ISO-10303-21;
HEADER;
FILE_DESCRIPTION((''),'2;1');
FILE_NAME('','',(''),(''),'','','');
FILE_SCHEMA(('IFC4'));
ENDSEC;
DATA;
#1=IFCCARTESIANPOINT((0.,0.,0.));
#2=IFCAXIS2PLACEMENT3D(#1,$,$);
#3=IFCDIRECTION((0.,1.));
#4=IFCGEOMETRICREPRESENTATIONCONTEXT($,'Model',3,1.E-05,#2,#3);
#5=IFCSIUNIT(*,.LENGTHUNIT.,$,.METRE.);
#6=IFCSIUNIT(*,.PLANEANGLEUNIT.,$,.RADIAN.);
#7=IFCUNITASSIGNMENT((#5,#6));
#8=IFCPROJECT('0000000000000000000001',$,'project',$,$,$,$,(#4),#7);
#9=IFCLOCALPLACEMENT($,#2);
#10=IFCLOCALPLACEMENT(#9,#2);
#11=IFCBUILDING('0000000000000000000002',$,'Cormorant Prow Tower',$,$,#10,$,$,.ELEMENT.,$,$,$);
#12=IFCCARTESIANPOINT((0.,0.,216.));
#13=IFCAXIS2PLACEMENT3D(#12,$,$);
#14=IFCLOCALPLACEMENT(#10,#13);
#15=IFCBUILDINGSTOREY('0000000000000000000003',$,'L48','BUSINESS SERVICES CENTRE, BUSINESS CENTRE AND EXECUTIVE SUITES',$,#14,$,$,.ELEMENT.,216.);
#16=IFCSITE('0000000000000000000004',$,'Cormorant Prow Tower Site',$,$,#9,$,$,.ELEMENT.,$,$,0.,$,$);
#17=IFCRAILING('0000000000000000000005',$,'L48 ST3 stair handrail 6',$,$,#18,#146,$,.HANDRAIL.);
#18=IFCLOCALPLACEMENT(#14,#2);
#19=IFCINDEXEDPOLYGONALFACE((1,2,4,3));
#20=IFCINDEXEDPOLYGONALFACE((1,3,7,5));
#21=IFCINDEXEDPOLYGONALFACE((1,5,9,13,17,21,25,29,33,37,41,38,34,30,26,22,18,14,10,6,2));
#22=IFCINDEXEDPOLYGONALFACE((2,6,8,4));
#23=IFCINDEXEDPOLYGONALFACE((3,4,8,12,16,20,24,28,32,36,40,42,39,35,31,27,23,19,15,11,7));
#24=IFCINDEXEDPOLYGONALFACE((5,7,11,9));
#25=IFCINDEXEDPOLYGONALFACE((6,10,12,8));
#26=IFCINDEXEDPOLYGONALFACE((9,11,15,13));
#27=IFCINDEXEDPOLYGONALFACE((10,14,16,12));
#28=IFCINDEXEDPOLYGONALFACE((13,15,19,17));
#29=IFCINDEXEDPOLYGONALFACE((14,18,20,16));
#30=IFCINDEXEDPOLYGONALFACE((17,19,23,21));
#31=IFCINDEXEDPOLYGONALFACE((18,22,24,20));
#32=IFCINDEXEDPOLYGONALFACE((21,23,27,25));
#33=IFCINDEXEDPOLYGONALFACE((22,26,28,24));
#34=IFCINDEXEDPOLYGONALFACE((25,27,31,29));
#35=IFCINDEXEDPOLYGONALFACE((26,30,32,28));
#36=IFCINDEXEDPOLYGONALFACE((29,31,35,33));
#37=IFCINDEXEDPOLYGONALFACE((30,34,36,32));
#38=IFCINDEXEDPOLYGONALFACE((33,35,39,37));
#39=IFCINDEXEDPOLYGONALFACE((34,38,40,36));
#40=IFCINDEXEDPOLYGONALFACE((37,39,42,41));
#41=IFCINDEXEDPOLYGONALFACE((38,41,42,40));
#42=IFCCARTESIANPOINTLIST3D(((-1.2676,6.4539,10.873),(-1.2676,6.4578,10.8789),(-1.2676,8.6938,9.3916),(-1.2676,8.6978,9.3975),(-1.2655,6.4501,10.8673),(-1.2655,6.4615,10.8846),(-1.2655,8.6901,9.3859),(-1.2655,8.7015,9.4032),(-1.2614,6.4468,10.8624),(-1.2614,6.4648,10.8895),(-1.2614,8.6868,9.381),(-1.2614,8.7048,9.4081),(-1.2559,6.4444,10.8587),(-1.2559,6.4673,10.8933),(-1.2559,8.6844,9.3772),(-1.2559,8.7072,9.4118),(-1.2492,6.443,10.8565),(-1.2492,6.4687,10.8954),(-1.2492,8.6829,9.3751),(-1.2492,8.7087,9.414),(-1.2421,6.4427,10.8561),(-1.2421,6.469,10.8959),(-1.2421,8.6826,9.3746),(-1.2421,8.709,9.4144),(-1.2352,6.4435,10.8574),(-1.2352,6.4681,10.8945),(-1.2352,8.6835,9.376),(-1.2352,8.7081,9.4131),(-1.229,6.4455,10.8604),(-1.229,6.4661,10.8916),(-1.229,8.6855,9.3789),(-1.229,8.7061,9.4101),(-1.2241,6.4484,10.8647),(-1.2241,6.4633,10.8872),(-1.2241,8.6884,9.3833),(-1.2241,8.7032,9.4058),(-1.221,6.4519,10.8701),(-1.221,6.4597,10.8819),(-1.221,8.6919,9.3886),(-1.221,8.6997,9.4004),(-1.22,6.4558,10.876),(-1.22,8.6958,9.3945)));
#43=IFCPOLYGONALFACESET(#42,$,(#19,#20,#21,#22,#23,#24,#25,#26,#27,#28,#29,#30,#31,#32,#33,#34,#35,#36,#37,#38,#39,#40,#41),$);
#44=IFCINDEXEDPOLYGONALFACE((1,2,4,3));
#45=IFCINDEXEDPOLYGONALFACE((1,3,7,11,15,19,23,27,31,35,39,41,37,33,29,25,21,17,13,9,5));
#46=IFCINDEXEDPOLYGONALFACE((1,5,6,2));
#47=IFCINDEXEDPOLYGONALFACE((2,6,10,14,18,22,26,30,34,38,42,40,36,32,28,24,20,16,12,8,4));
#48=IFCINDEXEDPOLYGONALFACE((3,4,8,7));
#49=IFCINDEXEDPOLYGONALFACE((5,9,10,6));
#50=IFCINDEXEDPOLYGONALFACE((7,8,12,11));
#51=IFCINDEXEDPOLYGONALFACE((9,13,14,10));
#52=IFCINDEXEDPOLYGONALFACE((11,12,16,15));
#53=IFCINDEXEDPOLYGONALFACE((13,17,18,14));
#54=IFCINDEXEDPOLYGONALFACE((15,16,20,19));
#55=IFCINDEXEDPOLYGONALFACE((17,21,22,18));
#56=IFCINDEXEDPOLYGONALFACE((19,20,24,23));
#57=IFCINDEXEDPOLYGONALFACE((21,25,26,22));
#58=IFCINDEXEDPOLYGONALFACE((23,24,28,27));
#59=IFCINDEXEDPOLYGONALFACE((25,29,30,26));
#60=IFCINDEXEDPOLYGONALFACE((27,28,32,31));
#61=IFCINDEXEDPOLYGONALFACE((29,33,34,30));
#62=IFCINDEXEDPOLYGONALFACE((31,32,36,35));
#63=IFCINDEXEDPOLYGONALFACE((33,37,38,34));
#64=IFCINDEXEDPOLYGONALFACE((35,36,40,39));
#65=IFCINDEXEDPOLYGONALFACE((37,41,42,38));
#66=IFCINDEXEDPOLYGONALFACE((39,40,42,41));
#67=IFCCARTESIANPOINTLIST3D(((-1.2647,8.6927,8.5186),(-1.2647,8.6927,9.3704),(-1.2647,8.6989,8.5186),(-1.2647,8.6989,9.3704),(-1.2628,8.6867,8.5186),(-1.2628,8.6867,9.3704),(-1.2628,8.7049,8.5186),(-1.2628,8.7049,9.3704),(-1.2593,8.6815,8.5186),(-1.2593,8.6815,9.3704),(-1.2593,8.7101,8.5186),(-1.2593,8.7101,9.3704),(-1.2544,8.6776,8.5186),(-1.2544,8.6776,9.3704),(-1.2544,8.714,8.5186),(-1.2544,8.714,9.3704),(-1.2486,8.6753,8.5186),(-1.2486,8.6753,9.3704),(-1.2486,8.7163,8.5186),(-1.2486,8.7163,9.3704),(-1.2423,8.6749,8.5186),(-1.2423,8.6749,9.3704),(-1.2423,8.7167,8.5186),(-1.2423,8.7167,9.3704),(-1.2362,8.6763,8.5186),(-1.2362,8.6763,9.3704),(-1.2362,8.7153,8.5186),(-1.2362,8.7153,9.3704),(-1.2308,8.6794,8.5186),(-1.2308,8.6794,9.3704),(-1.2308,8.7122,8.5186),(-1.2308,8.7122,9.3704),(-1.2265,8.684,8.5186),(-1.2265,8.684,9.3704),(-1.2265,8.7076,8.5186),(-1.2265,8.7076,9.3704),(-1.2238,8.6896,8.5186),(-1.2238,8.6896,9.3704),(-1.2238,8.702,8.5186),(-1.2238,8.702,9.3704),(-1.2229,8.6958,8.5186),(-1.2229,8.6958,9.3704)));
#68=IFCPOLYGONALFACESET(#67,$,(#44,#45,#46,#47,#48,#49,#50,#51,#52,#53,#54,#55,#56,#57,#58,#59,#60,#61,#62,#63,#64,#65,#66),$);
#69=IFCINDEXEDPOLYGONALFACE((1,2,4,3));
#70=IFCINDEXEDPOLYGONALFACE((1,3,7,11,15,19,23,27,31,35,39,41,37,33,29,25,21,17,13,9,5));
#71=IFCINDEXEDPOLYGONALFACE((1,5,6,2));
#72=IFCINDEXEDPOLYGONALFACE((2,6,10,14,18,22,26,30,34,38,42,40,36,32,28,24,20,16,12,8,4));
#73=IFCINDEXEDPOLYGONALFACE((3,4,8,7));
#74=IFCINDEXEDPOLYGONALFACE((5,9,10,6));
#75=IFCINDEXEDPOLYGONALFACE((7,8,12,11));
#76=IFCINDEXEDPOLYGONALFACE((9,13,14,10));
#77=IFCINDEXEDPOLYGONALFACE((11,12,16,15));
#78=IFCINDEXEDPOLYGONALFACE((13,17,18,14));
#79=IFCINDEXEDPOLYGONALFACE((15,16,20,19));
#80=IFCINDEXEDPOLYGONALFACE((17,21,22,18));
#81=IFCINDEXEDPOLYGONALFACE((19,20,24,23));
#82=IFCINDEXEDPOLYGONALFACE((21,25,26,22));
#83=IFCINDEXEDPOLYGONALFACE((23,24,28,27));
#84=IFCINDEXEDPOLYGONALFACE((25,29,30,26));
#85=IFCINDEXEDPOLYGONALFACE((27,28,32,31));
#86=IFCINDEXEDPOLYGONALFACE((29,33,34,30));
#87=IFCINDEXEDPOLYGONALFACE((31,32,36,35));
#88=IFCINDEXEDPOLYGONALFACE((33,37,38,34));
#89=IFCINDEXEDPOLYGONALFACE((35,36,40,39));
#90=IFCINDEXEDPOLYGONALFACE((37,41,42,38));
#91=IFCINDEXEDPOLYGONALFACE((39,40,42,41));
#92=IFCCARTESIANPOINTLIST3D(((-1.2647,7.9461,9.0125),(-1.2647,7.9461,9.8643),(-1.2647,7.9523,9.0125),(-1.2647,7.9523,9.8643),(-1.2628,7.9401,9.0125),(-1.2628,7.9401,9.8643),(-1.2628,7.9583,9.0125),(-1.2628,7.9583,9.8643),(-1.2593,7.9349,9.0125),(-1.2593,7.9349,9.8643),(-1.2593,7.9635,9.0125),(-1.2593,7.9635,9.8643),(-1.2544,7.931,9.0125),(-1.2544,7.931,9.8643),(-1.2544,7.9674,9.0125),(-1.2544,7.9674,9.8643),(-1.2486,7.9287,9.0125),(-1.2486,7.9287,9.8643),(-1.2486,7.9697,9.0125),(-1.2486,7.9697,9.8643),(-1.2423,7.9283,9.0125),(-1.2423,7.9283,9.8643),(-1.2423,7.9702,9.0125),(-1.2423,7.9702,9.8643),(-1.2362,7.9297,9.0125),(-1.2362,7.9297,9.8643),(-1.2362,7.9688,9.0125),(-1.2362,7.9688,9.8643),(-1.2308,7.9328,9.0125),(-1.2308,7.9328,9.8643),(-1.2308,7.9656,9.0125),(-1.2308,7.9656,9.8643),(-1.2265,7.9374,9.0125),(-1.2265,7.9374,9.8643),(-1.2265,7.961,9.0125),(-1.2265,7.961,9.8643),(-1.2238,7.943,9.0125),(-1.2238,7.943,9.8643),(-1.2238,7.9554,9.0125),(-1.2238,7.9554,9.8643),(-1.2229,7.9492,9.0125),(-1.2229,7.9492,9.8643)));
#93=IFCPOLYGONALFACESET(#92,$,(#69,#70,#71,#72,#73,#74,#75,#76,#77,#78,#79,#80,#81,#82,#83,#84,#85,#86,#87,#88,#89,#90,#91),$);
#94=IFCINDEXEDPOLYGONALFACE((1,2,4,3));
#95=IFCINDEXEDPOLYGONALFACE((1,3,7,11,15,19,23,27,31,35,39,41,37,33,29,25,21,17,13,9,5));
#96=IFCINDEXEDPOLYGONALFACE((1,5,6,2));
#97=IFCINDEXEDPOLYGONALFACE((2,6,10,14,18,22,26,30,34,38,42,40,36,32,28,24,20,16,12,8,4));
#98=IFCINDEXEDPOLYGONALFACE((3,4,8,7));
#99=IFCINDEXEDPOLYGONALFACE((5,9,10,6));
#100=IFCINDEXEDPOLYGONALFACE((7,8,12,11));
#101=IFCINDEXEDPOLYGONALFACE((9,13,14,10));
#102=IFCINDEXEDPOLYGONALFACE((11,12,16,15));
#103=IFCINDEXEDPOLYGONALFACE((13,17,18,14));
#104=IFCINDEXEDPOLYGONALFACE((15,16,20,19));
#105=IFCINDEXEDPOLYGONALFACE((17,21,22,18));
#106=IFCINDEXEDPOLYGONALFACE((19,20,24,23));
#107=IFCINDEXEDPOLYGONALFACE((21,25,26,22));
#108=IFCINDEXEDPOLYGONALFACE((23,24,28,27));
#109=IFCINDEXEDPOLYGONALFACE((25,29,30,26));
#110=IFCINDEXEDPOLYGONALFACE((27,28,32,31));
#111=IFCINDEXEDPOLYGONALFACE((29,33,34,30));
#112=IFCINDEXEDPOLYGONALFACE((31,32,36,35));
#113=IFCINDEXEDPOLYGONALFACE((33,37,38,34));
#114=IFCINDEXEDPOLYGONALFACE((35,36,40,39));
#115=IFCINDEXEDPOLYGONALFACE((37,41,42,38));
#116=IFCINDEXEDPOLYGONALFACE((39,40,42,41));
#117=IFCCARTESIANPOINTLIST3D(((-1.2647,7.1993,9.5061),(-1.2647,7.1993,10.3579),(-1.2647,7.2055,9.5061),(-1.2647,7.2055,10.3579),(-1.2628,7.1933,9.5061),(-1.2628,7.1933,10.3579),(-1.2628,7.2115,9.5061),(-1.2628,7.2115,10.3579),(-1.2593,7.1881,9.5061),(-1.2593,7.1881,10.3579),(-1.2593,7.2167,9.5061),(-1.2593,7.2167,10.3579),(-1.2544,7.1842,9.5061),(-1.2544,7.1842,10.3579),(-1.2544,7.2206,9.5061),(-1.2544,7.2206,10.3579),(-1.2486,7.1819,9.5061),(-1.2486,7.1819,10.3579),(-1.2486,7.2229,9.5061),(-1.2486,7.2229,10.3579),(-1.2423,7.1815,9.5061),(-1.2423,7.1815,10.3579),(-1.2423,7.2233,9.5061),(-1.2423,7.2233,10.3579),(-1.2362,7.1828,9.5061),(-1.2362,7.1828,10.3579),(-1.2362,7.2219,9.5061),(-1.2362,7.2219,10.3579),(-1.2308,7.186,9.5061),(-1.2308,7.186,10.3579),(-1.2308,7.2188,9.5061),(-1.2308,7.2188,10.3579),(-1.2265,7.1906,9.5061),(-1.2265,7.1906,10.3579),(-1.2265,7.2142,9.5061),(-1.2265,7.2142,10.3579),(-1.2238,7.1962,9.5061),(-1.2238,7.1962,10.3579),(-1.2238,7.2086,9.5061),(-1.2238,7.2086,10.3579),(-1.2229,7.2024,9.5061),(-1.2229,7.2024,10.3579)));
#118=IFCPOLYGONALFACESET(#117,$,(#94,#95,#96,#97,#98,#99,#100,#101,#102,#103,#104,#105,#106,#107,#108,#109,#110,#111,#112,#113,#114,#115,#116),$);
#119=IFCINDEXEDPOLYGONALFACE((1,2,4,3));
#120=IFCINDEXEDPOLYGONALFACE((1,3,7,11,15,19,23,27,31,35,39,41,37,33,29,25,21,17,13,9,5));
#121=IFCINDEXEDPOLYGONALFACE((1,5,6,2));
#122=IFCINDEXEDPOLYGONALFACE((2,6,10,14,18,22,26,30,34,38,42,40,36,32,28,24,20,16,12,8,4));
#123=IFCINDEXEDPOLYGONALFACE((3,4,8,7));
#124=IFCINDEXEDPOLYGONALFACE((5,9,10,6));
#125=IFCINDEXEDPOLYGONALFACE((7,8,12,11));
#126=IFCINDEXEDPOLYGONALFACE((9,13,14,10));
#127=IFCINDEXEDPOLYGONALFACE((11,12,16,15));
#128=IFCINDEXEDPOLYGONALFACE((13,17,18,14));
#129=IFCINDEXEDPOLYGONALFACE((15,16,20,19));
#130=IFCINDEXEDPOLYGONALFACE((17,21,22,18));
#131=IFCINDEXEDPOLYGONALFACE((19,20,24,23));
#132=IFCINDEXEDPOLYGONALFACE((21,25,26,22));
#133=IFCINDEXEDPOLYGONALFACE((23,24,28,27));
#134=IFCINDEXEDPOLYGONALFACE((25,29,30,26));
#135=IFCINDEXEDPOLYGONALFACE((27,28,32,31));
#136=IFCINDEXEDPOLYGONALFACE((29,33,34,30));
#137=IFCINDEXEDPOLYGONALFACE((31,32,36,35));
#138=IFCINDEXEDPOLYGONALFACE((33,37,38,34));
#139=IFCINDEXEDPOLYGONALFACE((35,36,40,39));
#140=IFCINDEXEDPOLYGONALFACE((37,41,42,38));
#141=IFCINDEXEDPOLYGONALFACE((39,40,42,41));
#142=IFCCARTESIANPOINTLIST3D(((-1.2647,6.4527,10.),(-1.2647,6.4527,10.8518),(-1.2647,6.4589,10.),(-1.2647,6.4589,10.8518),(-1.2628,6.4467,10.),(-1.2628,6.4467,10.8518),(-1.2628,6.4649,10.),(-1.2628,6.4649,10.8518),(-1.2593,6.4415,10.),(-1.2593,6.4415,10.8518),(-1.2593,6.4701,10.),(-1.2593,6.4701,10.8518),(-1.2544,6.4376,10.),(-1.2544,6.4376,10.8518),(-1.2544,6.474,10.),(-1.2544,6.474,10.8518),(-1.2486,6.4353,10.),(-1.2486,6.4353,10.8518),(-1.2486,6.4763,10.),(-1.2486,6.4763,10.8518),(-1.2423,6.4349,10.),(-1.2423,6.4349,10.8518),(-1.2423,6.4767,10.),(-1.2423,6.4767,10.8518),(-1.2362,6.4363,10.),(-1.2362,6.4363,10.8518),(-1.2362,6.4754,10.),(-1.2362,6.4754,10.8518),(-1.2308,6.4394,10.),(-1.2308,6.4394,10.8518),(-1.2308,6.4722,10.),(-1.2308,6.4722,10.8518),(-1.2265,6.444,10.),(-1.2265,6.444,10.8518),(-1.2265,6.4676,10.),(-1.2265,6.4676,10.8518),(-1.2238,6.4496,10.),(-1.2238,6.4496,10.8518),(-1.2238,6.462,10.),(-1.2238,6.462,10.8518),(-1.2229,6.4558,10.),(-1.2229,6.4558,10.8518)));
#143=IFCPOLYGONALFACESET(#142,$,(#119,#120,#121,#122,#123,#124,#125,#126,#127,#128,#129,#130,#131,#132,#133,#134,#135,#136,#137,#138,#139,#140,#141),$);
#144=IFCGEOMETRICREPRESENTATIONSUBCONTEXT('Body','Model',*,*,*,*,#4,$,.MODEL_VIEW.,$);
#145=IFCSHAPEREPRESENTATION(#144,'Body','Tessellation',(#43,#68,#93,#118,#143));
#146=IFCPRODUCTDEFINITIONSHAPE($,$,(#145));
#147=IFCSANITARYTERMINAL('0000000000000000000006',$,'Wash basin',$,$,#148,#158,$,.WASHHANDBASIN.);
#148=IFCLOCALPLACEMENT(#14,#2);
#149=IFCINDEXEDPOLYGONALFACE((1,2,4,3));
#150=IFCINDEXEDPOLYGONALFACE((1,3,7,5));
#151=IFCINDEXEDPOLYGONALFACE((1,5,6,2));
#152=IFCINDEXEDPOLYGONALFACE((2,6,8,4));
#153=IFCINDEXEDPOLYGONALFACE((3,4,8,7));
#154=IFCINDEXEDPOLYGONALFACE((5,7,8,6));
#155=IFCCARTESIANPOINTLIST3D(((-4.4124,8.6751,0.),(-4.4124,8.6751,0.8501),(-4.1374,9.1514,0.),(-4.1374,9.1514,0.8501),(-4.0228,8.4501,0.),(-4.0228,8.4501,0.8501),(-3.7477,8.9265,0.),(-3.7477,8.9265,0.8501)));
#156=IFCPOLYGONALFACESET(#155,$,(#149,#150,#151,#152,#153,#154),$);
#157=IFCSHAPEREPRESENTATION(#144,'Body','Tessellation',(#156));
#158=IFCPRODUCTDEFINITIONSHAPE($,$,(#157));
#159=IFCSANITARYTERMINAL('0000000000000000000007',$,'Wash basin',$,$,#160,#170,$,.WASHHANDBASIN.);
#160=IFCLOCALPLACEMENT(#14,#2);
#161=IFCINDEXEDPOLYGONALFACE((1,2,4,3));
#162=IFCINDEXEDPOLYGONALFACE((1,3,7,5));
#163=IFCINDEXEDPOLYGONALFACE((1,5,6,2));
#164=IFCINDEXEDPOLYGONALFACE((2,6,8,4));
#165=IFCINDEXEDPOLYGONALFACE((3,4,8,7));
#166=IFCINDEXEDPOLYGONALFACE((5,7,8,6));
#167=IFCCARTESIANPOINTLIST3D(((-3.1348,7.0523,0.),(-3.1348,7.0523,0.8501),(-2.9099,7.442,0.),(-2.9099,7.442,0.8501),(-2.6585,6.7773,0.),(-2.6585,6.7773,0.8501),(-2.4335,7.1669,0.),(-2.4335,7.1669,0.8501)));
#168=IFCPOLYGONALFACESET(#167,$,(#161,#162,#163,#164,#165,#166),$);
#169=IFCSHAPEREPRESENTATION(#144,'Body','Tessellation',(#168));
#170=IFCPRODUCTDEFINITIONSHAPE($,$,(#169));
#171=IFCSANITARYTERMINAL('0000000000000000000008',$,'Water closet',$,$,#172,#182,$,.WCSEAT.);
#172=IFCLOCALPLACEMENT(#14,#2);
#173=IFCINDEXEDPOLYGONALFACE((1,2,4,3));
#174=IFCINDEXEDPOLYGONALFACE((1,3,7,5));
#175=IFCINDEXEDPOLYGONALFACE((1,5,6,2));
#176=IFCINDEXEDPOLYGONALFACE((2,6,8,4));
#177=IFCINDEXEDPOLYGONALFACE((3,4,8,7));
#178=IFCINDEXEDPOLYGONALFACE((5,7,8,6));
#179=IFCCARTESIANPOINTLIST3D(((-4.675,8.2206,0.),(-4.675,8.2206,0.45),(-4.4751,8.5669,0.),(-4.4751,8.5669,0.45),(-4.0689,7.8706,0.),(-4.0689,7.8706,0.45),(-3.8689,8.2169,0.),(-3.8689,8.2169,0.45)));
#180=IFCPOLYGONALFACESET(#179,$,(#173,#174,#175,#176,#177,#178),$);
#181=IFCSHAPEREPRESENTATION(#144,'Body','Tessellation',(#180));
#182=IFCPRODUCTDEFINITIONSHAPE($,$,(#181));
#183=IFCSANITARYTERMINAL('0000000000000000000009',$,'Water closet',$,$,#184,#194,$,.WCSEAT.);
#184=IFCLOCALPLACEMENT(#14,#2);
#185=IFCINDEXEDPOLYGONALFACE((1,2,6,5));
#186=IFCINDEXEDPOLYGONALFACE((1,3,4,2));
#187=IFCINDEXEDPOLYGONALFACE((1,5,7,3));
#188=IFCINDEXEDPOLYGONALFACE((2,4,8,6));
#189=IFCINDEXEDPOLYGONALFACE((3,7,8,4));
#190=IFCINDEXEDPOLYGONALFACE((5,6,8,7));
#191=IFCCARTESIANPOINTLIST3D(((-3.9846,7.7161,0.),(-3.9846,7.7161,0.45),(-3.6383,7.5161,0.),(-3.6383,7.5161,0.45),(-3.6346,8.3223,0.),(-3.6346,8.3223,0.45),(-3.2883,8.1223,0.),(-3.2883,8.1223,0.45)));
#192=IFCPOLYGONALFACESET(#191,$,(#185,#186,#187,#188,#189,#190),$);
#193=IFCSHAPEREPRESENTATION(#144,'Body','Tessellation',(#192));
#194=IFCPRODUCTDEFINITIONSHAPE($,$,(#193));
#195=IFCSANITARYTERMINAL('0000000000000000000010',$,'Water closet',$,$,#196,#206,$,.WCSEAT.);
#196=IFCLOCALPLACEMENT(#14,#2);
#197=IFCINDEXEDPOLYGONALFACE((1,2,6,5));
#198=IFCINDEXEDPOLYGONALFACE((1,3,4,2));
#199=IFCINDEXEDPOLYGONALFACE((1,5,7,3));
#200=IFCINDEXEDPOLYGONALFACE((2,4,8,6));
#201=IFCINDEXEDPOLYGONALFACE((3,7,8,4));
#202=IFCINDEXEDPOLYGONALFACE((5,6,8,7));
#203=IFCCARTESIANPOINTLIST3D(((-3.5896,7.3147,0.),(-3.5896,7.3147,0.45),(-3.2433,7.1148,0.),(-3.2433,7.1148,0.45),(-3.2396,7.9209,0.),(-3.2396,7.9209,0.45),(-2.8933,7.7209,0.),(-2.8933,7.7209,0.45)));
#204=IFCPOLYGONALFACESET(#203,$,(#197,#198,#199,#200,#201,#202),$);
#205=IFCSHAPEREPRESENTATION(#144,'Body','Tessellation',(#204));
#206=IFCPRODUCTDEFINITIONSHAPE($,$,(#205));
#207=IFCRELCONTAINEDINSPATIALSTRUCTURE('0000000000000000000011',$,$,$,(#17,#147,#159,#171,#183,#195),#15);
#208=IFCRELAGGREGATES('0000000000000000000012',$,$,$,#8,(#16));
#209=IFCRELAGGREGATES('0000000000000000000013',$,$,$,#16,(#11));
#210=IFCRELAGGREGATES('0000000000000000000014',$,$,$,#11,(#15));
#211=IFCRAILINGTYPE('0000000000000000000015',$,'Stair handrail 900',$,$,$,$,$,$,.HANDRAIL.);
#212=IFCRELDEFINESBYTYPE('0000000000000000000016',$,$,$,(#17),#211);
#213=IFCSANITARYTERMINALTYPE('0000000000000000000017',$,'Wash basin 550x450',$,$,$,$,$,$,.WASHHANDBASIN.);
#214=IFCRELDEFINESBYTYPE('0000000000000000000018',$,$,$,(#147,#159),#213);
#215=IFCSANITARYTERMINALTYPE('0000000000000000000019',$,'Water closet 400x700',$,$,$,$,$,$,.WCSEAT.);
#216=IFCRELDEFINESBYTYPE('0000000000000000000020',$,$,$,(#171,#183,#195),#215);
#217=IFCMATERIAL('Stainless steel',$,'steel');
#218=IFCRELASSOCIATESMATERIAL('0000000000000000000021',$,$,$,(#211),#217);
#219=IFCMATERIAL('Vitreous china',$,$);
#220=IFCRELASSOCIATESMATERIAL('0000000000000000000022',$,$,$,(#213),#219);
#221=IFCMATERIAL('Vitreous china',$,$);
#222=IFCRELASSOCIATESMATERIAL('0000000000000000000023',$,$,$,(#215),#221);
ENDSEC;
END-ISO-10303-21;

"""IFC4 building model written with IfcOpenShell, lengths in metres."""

from ifc_helpers import new_model, si_unit, direction, frame, origin, origin_2d, place, context, subcontext, project, spatial, rectangle, circle, extrude, material, type_object, element, save


model = new_model("IFC4")

# Units and contexts
model_context = context("Model", 3, precision=1e-05, world=origin(), true_north=direction((0.0, 1.0)))
body_context = subcontext(model_context, "Body", "Model", "MODEL_VIEW")
ifc_project = project(units=[si_unit("LENGTHUNIT", "METRE"), si_unit("PLANEANGLEUNIT", "RADIAN")], contexts=[model_context])

# Site, building, storey
site_placement = place(None, origin())
site = spatial("IfcSite", under=ifc_project, at=site_placement, Name="Cormorant Prow Tower Site", CompositionType="ELEMENT", RefElevation=0.0)
building_placement = place(site_placement, origin())
building = spatial("IfcBuilding", under=site, at=building_placement, Name="Cormorant Prow Tower", CompositionType="ELEMENT")
storey_placement = place(building_placement, frame((0.0, 0.0, 216.0)))
storey = spatial("IfcBuildingStorey", under=building, at=storey_placement, Name="L48", Description="BUSINESS SERVICES CENTRE, BUSINESS CENTRE AND EXECUTIVE SUITES", CompositionType="ELEMENT", Elevation=216.0)

# Railing
ifc_material_1 = material(Name="Stainless steel", Category="steel")
railing_type = type_object("IfcRailingType", Name="Stair handrail 900", PredefinedType="HANDRAIL", material=ifc_material_1)
for number, where, name in (
    (1, (-1.2439, 8.6958, 8.5186), "L48 ST3 stair handrail 6"),
):
    element("IfcRailing", number, at=place(storey_placement, frame(where)), inside=storey, type_object=railing_type, Name=name, PredefinedType="HANDRAIL", context=body_context, shape_type="SweptSolid", body=[
        extrude(circle(Radius=0.0239, at=origin_2d()), frame((0.0, 0.0, 0.876), z_axis=(0.0, -0.834087, 0.551634), x_axis=(1.0, 0.0, 0.0)), (0.0, 0.0, 1.0), 2.6855),
        extrude(circle(Radius=0.021, at=origin_2d()), origin(), (0.0, 0.0, 1.0), 0.8518),
        extrude(circle(Radius=0.021, at=origin_2d()), frame((0.0, -0.7466, 0.4939)), (0.0, 0.0, 1.0), 0.8518),
        extrude(circle(Radius=0.021, at=origin_2d()), frame((0.0, -1.4934, 0.9875)), (0.0, 0.0, 1.0), 0.8518),
        extrude(circle(Radius=0.021, at=origin_2d()), frame((0.0, -2.24, 1.4814)), (0.0, 0.0, 1.0), 0.8518),
    ])

# Sanitary terminals
ifc_material_2 = material(Name="Vitreous china")
sanitary_terminal_type_1 = type_object("IfcSanitaryTerminalType", Name="Wash basin 550x450", PredefinedType="WASHHANDBASIN", material=ifc_material_2)
for number, where, z_axis, x_axis, name in (
    (2, (-4.0801, 8.8008, 0.0), (0.0, 0.0, 1.0), (-0.5, -0.866025, 0.0), "Wash basin"),
    (3, (-2.7842, 7.1096, 0.0), (0.0, 0.0, 1.0), (0.866034, -0.499985, 0.0), "Wash basin"),
):
    element("IfcSanitaryTerminal", number, at=place(storey_placement, frame(where, z_axis=z_axis, x_axis=x_axis)), inside=storey, type_object=sanitary_terminal_type_1, Name=name, PredefinedType="WASHHANDBASIN", context=body_context, shape_type="SweptSolid", body=[
        extrude(rectangle(XDim=0.55, YDim=0.45, at=origin_2d()), origin(), (0.0, 0.0, 1.0), 0.8501),
    ])
ifc_material_3 = material(Name="Vitreous china")
sanitary_terminal_type_2 = type_object("IfcSanitaryTerminalType", Name="Water closet 400x700", PredefinedType="WCSEAT", material=ifc_material_3)
for number, where, z_axis, x_axis, name in (
    (4, (-4.272, 8.2188, 0.0), (0.0, 0.0, 1.0), (-0.5, -0.866025, 0.0), "Water closet"),
    (5, (-3.6365, 7.9192, 0.0), (0.0, 0.0, 1.0), (0.866008, -0.50003, 0.0), "Water closet"),
    (6, (-3.2415, 7.5178, 0.0), (0.0, 0.0, 1.0), (0.866034, -0.499985, 0.0), "Water closet"),
):
    element("IfcSanitaryTerminal", number, at=place(storey_placement, frame(where, z_axis=z_axis, x_axis=x_axis)), inside=storey, type_object=sanitary_terminal_type_2, Name=name, PredefinedType="WCSEAT", context=body_context, shape_type="SweptSolid", body=[
        extrude(rectangle(XDim=0.3999, YDim=0.7, at=origin_2d()), origin(), (0.0, 0.0, 1.0), 0.45),
    ])

save(model, "model.ifc")
